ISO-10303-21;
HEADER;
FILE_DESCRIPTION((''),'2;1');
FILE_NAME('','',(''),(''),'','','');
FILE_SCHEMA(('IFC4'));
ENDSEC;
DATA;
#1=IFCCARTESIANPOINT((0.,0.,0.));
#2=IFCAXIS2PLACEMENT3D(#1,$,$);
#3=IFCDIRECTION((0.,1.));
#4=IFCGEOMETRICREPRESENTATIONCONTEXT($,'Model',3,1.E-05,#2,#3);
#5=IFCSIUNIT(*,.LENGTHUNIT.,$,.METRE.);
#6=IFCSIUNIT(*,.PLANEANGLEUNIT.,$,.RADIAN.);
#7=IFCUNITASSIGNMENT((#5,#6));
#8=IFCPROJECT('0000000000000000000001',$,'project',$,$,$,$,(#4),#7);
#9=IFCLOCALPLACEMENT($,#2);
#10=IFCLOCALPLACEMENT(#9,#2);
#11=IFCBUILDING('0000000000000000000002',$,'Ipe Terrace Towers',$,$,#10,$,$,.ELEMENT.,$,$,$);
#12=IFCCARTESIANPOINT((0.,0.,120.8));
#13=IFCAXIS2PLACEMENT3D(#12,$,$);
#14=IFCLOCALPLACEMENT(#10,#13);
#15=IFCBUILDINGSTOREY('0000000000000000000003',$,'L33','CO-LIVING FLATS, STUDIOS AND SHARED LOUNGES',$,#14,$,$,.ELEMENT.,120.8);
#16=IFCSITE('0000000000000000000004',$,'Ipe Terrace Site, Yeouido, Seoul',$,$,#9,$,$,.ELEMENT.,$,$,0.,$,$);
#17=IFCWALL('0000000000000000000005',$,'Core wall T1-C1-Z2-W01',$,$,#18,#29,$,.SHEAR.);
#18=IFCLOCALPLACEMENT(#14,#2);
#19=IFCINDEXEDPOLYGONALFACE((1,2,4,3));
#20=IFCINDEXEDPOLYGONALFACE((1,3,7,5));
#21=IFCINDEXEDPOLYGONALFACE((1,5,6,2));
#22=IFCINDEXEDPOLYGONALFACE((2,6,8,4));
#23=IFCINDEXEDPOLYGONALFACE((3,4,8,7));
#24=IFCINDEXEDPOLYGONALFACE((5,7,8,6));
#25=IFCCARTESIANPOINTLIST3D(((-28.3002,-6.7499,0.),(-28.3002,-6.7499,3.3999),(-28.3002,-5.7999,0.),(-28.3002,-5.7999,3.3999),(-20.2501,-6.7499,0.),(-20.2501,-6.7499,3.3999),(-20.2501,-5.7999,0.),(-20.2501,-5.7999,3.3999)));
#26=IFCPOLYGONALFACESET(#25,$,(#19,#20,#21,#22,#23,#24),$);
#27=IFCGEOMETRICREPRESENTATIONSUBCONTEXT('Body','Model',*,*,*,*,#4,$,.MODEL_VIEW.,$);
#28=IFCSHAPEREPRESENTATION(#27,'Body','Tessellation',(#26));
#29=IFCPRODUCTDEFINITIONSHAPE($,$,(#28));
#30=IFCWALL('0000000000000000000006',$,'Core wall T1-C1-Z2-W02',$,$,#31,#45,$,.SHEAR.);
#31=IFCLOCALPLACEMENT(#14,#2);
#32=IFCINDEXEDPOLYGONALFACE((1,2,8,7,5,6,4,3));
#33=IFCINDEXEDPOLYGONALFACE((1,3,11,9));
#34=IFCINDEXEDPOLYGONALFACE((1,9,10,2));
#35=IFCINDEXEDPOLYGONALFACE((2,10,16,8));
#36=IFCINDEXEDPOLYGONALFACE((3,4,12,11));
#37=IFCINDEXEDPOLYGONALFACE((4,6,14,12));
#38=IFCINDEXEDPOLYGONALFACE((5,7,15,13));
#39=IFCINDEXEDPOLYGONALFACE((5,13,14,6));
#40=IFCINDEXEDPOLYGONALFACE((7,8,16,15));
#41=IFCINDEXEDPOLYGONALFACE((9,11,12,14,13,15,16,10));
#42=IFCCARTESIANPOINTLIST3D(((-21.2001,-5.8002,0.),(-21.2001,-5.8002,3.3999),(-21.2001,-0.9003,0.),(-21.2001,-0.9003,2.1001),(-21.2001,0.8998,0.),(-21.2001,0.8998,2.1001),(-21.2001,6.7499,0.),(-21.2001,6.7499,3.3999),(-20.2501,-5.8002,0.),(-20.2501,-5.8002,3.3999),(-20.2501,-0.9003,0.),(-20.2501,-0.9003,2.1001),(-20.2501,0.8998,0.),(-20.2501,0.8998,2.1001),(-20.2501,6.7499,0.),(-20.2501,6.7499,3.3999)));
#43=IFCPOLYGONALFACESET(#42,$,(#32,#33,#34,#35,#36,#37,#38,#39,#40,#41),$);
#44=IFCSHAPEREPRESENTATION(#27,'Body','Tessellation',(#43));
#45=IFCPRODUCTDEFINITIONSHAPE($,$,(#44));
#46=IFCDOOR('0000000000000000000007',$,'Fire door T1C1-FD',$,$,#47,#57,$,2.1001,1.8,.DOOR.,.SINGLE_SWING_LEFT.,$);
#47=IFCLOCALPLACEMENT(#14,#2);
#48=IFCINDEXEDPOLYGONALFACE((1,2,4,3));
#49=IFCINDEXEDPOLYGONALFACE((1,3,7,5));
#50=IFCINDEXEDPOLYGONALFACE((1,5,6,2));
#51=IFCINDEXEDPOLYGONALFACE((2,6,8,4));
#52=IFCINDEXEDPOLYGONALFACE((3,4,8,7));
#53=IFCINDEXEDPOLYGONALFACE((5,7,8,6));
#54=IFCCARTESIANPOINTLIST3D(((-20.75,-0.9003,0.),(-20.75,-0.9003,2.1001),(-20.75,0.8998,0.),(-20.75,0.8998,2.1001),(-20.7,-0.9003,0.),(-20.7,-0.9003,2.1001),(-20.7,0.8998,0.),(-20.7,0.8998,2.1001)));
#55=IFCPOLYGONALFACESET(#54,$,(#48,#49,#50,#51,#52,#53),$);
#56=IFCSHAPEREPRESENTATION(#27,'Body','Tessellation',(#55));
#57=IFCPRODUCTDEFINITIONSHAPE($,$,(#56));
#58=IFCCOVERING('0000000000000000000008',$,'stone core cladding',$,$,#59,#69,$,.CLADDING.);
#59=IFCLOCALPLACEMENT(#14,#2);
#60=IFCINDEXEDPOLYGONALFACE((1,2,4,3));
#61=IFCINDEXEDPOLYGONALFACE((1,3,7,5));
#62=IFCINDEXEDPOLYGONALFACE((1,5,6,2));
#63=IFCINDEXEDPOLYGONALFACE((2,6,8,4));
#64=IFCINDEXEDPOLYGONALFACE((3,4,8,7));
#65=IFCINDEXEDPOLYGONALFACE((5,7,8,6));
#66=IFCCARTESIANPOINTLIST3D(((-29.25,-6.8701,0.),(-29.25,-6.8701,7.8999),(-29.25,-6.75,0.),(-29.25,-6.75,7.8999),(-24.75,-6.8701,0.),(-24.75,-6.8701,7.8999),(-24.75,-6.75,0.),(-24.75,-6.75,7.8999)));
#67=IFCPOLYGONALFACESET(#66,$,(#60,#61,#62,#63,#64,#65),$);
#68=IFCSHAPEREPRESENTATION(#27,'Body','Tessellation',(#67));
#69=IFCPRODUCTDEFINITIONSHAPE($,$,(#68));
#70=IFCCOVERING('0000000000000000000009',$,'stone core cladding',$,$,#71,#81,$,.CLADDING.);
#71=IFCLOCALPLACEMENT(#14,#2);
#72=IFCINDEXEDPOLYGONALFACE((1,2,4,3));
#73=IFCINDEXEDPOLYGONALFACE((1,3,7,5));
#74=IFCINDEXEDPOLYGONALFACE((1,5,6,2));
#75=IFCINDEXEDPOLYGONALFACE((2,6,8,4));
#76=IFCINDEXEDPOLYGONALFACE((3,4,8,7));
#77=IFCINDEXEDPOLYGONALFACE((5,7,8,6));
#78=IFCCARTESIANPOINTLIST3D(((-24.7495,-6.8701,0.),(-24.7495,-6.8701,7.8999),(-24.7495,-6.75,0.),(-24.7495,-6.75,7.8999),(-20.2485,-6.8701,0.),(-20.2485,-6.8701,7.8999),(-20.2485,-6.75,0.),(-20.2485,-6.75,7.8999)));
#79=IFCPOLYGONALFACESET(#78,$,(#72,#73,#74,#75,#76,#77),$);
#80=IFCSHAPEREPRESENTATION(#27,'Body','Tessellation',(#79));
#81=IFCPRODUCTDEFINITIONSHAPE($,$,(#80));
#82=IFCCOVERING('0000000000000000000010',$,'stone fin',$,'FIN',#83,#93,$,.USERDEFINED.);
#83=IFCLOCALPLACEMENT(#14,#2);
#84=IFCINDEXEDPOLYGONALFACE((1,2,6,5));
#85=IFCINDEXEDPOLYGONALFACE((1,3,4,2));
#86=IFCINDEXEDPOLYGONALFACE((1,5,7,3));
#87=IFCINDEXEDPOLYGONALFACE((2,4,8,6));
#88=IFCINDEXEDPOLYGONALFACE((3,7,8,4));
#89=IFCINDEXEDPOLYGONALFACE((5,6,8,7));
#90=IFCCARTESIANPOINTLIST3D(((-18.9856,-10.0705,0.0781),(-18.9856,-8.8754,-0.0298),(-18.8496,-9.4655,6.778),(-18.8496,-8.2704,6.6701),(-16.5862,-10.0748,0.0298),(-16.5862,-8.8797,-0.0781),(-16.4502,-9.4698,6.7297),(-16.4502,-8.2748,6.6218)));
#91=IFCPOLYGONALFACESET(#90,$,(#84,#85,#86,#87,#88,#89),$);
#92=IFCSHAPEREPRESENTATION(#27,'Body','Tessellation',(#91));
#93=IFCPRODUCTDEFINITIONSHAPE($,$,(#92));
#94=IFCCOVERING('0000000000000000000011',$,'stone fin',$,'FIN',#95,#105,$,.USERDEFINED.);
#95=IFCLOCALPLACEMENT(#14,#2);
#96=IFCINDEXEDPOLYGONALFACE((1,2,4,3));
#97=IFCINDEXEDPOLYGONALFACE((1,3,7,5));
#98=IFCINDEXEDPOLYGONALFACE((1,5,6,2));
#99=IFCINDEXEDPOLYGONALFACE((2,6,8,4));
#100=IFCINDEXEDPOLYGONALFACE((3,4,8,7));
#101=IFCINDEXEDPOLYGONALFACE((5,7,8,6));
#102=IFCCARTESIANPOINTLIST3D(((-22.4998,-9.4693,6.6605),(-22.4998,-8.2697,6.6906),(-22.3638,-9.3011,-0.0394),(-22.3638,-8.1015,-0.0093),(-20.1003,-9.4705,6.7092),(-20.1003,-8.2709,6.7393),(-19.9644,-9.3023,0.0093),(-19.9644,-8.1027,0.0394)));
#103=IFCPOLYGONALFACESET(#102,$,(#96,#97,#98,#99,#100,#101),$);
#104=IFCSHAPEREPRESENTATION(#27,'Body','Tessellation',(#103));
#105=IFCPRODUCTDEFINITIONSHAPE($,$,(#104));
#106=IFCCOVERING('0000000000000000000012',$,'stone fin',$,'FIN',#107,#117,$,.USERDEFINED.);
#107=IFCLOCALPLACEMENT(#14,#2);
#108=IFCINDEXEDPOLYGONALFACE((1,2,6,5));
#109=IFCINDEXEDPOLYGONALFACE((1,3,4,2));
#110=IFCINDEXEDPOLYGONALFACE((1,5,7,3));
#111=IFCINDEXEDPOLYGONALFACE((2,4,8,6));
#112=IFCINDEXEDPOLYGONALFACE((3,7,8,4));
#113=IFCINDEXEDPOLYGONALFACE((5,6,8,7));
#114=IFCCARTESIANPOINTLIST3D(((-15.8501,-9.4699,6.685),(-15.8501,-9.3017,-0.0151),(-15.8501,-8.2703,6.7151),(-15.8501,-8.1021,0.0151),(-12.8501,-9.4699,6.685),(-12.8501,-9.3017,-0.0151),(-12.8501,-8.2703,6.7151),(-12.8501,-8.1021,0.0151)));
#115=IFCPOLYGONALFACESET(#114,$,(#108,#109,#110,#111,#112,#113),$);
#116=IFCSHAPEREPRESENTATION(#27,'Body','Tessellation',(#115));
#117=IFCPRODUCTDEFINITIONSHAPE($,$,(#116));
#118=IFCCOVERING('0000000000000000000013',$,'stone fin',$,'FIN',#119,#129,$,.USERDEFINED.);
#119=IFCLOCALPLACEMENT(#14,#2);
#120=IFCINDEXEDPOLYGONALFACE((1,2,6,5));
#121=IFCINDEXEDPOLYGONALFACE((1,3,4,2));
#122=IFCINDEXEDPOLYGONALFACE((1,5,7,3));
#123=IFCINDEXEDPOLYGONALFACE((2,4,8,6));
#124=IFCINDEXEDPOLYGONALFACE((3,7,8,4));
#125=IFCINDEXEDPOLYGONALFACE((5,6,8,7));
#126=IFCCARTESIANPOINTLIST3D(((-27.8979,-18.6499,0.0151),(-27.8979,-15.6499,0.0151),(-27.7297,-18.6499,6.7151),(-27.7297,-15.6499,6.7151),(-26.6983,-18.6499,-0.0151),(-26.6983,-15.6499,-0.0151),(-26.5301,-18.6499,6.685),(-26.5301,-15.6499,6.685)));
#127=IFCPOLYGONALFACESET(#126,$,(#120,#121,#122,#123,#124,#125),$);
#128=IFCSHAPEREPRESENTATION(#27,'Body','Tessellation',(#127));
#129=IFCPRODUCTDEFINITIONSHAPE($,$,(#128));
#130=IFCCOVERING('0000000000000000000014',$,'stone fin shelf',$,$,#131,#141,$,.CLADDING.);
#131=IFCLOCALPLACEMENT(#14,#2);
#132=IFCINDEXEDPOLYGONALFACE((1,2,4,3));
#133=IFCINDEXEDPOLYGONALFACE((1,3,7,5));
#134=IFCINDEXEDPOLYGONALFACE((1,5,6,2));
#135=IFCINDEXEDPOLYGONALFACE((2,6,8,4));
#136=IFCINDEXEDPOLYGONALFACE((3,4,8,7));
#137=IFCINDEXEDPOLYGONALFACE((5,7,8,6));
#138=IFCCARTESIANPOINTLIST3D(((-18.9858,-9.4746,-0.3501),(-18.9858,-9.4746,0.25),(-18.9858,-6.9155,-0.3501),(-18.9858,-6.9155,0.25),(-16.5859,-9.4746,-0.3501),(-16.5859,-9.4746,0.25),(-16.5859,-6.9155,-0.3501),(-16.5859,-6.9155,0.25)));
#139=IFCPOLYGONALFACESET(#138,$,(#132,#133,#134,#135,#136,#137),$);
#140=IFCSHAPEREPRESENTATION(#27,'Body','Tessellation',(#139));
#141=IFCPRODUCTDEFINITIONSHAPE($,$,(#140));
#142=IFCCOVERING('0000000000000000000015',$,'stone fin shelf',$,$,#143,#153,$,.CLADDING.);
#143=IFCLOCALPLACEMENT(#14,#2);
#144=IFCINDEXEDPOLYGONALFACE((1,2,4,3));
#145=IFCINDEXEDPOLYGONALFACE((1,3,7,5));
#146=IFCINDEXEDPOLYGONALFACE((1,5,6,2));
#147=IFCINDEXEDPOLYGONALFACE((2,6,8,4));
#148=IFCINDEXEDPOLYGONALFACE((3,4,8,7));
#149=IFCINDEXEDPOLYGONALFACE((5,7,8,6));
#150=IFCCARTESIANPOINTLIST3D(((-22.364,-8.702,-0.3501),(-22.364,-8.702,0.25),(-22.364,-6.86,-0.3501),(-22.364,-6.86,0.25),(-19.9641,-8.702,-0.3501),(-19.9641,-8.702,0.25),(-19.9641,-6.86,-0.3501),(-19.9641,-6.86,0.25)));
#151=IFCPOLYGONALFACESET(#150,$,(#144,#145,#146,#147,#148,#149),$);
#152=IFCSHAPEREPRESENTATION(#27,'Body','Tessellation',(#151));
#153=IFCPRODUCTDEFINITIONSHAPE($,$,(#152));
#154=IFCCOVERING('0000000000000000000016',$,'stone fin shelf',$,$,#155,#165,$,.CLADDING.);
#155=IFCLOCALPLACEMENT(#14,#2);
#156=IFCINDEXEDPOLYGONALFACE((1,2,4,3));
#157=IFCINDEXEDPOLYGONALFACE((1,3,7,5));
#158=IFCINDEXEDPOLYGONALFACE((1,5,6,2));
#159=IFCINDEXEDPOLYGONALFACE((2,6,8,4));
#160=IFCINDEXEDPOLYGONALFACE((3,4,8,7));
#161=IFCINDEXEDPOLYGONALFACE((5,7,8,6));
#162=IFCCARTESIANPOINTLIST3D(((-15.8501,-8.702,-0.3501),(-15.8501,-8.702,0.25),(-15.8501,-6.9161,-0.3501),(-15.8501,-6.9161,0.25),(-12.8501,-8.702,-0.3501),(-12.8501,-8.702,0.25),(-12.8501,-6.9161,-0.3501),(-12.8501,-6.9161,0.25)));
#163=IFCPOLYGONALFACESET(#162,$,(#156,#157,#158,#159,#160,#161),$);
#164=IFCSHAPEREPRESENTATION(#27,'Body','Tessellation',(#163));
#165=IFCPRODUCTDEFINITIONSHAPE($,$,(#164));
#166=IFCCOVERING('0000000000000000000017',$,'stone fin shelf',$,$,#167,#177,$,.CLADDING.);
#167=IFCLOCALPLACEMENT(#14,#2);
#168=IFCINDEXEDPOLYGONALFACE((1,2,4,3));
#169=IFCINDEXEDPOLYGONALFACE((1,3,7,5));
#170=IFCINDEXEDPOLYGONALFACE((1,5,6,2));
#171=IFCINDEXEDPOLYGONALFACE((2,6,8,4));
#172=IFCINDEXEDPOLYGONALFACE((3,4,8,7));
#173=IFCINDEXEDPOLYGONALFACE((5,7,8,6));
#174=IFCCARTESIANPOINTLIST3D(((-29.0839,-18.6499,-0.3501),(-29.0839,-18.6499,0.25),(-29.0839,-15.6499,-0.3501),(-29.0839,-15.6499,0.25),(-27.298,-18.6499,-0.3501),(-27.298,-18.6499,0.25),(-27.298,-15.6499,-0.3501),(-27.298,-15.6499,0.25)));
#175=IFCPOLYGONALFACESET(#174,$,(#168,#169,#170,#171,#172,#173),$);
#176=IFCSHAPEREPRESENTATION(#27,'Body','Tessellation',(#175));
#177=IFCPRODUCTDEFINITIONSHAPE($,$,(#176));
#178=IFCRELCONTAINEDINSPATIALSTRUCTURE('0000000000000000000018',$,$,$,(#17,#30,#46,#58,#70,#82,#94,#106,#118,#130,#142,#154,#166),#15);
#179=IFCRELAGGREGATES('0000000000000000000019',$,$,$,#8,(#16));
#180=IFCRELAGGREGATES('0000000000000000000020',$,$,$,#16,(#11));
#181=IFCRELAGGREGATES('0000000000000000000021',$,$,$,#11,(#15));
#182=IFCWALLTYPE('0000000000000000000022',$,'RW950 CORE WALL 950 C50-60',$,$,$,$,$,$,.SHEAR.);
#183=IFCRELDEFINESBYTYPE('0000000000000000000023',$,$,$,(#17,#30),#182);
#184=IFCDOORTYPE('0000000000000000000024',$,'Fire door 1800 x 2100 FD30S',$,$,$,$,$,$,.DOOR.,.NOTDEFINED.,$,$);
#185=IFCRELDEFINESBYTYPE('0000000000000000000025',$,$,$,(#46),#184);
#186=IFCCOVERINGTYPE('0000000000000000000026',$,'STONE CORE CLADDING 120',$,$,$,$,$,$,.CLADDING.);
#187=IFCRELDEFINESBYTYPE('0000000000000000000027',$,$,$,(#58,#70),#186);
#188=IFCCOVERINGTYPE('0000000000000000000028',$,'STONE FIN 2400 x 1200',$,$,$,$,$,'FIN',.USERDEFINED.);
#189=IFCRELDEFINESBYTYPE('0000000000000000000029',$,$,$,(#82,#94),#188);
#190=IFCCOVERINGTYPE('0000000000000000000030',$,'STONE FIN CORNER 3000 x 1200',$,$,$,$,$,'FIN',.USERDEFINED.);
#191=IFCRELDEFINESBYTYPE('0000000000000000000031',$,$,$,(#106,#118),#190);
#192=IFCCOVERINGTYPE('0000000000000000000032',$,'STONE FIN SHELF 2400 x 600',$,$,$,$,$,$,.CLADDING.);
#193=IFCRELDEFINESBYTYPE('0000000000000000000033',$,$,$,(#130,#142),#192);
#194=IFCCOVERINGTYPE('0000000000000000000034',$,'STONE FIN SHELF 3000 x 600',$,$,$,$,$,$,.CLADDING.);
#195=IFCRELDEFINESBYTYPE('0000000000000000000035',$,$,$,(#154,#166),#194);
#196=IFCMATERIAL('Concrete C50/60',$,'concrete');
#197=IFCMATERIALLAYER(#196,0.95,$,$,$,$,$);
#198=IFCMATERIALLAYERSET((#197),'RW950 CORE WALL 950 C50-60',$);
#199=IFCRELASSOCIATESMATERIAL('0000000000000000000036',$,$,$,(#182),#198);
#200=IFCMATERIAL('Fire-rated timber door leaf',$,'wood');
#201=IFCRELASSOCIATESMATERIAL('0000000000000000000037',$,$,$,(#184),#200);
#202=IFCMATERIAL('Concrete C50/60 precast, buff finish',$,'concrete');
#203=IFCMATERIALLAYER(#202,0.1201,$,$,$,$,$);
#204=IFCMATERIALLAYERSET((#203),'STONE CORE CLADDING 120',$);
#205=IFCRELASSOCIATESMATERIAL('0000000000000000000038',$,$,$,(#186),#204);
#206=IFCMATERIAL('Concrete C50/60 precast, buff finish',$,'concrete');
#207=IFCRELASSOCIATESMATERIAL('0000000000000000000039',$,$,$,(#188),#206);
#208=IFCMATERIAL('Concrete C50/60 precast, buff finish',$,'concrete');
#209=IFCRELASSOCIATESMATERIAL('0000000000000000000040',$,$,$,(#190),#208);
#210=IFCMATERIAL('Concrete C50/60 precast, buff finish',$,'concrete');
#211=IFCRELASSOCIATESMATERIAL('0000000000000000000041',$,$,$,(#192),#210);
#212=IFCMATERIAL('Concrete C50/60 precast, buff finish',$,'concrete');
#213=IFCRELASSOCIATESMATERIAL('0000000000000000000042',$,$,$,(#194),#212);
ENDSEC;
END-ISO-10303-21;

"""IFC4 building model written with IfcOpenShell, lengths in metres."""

from ifc_helpers import new_model, si_unit, direction, frame, frame_2d, origin, origin_2d, place, context, subcontext, project, spatial, rectangle, extrude, material, layer, layer_set, material_profile, profile_set, type_object, element, fill, save


model = new_model("IFC4")

# Units and contexts
model_context = context("Model", 3, precision=1e-05, world=origin(), true_north=direction((0.0, 1.0)))
body_context = subcontext(model_context, "Body", "Model", "MODEL_VIEW")
ifc_project = project(units=[si_unit("LENGTHUNIT", "METRE"), si_unit("PLANEANGLEUNIT", "RADIAN")], contexts=[model_context])

# Site, building, storey
site_placement = place(None, origin())
site = spatial("IfcSite", under=ifc_project, at=site_placement, Name="Ipe Terrace Site, Yeouido, Seoul", CompositionType="ELEMENT", RefElevation=0.0)
building_placement = place(site_placement, origin())
building = spatial("IfcBuilding", under=site, at=building_placement, Name="Ipe Terrace Towers", CompositionType="ELEMENT")
storey_placement = place(building_placement, frame((0.0, 0.0, 120.8)))
storey = spatial("IfcBuildingStorey", under=building, at=storey_placement, Name="L33", Description="CO-LIVING FLATS, STUDIOS AND SHARED LOUNGES", CompositionType="ELEMENT", Elevation=120.8)

# Wall
ifc_material_1 = material(Name="Concrete C50/60", Category="concrete")
ifc_layer_1 = layer(ifc_material_1, 0.95)
ifc_layer_set_1 = layer_set([ifc_layer_1], Name="RW950 CORE WALL 950 C50-60")
wall_type_1 = type_object("IfcWallType", Name="RW950 CORE WALL 950 C50-60", PredefinedType="SHEAR", material=ifc_layer_set_1)
wall_1_placement = place(storey_placement, frame((-28.3, -6.2749, 0.0), z_axis=(0.0, 0.0, 1.0), x_axis=(1.0, 0.0, 0.0)))
element("IfcWall", 1, at=wall_1_placement, inside=storey, type_object=wall_type_1, Name="Core wall T1-C1-Z2-W01", PredefinedType="SHEAR", context=body_context, shape_type="SweptSolid", body=[
    extrude(rectangle(XDim=8.05, YDim=0.95, at=frame_2d((4.0249, 0.0))), origin(), (0.0, 0.0, 1.0), 3.3999),
])

# Wall, opening, door
wall_2_placement = place(storey_placement, frame((-20.7251, -5.8, 0.0), z_axis=(0.0, 0.0, 1.0), x_axis=(0.0, 1.0, 0.0)))
wall_2 = element("IfcWall", 2, at=wall_2_placement, inside=storey, type_object=wall_type_1, Name="Core wall T1-C1-Z2-W02", PredefinedType="SHEAR", context=body_context, shape_type="SweptSolid", body=[
    extrude(rectangle(XDim=12.55, YDim=0.95, at=frame_2d((6.2749, 0.0))), origin(), (0.0, 0.0, 1.0), 3.3999),
])
opening_placement = place(wall_2_placement, frame((4.8999, 0.0, 0.0)))
opening = element("IfcOpeningElement", 3, at=opening_placement, cuts=wall_2, PredefinedType="OPENING", context=body_context, shape_type="SweptSolid", body=[
    extrude(rectangle(XDim=1.8, YDim=2.1001, at=frame_2d((0.8999, 1.05))), frame((0.0, 0.4849, 0.0), z_axis=(0.0, -1.0, 0.0), x_axis=(1.0, 0.0, 0.0)), (0.0, 0.0, 1.0), 0.97),
])
ifc_material_2 = material(Name="Fire-rated timber door leaf", Category="wood")
door_type = type_object("IfcDoorType", Name="Fire door 1800 x 2100 FD30S", OperationType="NOTDEFINED", PredefinedType="DOOR", material=ifc_material_2)
door_placement = place(opening_placement, origin())
door = element("IfcDoor", 4, at=door_placement, inside=storey, type_object=door_type, Name="Fire door T1C1-FD", OperationType="SINGLE_SWING_LEFT", OverallHeight=2.1001, OverallWidth=1.8, PredefinedType="DOOR", context=body_context, shape_type="SweptSolid", body=[
    extrude(rectangle(XDim=1.8, YDim=2.1001, at=frame_2d((0.8999, 1.05))), frame((0.0, 0.0249, 0.0), z_axis=(0.0, -1.0, 0.0), x_axis=(1.0, 0.0, 0.0)), (0.0, 0.0, 1.0), 0.05),
])
fill(opening, door)

# Coverings
ifc_material_3 = material(Name="Concrete C50/60 precast, buff finish", Category="concrete")
ifc_layer_2 = layer(ifc_material_3, 0.1201)
ifc_layer_set_2 = layer_set([ifc_layer_2], Name="STONE CORE CLADDING 120")
covering_type_1 = type_object("IfcCoveringType", Name="STONE CORE CLADDING 120", PredefinedType="CLADDING", material=ifc_layer_set_2)
covering_1_placement = place(storey_placement, frame((-27.0, -6.8101, 0.0), z_axis=(0.0, 0.0, 1.0), x_axis=(1.0, 0.0, 0.0)))
element("IfcCovering", 5, at=covering_1_placement, inside=storey, type_object=covering_type_1, Name="stone core cladding", PredefinedType="CLADDING", context=body_context, shape_type="SweptSolid", body=[
    extrude(rectangle(XDim=4.5, YDim=0.1201, at=origin_2d()), origin(), (0.0, 0.0, 1.0), 7.8999),
])
covering_2_placement = place(storey_placement, frame((-22.499, -6.8101, 0.0), z_axis=(0.0, 0.0, 1.0), x_axis=(1.0, 0.0, 0.0)))
element("IfcCovering", 6, at=covering_2_placement, inside=storey, type_object=covering_type_1, Name="stone core cladding", PredefinedType="CLADDING", context=body_context, shape_type="SweptSolid", body=[
    extrude(rectangle(XDim=4.501, YDim=0.1201, at=origin_2d()), origin(), (0.0, 0.0, 1.0), 7.8999),
])
ifc_material_4 = material(Name="Concrete C50/60 precast, buff finish", Category="concrete")
ifc_material_profile_1 = material_profile(ifc_material_4, rectangle(XDim=2.3999, YDim=1.2, at=origin_2d()), Name="STONE FIN 2400 x 1200")
ifc_profile_set_1 = profile_set([ifc_material_profile_1], Name="Concrete C50/60 precast, buff finish")
covering_type_2 = type_object("IfcCoveringType", Name="STONE FIN 2400 x 1200", ElementType="FIN", PredefinedType="USERDEFINED", material=ifc_profile_set_1)
covering_3_placement = place(storey_placement, frame((-17.7859, -9.4751, 0.0), z_axis=(0.02021, 0.089912, 0.995745), x_axis=(0.999796, -0.001818, -0.020128)))
element("IfcCovering", 7, at=covering_3_placement, inside=storey, type_object=covering_type_2, Name="stone fin", ObjectType="FIN", PredefinedType="USERDEFINED", context=body_context, shape_type="SweptSolid", body=[
    extrude(rectangle(XDim=2.3999, YDim=1.2, at=origin_2d()), origin(), (0.0, 0.0, 1.0), 6.7285),
])
covering_4_placement = place(storey_placement, frame((-21.1641, -8.7019, 0.0), z_axis=(-0.020286, -0.025094, 0.999479), x_axis=(0.999794, -0.000509, 0.02028)))
element("IfcCovering", 8, at=covering_4_placement, inside=storey, type_object=covering_type_2, Name="stone fin", ObjectType="FIN", PredefinedType="USERDEFINED", context=body_context, shape_type="SweptSolid", body=[
    extrude(rectangle(XDim=2.3999, YDim=1.2, at=origin_2d()), origin(), (0.0, 0.0, 1.0), 6.7034),
])
ifc_material_5 = material(Name="Concrete C50/60 precast, buff finish", Category="concrete")
ifc_material_profile_2 = material_profile(ifc_material_5, rectangle(XDim=3.0, YDim=1.2, at=origin_2d()), Name="STONE FIN CORNER 3000 x 1200")
ifc_profile_set_2 = profile_set([ifc_material_profile_2], Name="Concrete C50/60 precast, buff finish")
covering_type_3 = type_object("IfcCoveringType", Name="STONE FIN CORNER 3000 x 1200", ElementType="FIN", PredefinedType="USERDEFINED", material=ifc_profile_set_2)
for number, where, z_axis, x_axis, name in (
    (9, (-14.3501, -8.7019, 0.0), (0.0, -0.025099, 0.999685), (1.0, 0.0, 0.0), "stone fin"),
    (10, (-27.2981, -17.1499, 0.0), (0.025099, 0.0, 0.999685), (0.0, 1.0, 0.0), "stone fin"),
):
    element("IfcCovering", number, at=place(storey_placement, frame(where, z_axis=z_axis, x_axis=x_axis)), inside=storey, type_object=covering_type_3, Name=name, ObjectType="FIN", PredefinedType="USERDEFINED", context=body_context, shape_type="SweptSolid", body=[
        extrude(rectangle(XDim=3.0, YDim=1.2, at=origin_2d()), origin(), (0.0, 0.0, 1.0), 6.7021),
    ])
ifc_material_6 = material(Name="Concrete C50/60 precast, buff finish", Category="concrete")
covering_type_4 = type_object("IfcCoveringType", Name="STONE FIN SHELF 2400 x 600", PredefinedType="CLADDING", material=ifc_material_6)
covering_5_placement = place(storey_placement, frame((-17.7859, -8.1951, -0.3501), z_axis=(0.0, 0.0, 1.0), x_axis=(1.0, 0.0, 0.0)))
element("IfcCovering", 11, at=covering_5_placement, inside=storey, type_object=covering_type_4, Name="stone fin shelf", PredefinedType="CLADDING", context=body_context, shape_type="SweptSolid", body=[
    extrude(rectangle(XDim=2.3999, YDim=2.5591, at=origin_2d()), origin(), (0.0, 0.0, 1.0), 0.6001),
])
covering_6_placement = place(storey_placement, frame((-21.1641, -7.781, -0.3501), z_axis=(0.0, 0.0, 1.0), x_axis=(1.0, 0.0, 0.0)))
element("IfcCovering", 12, at=covering_6_placement, inside=storey, type_object=covering_type_4, Name="stone fin shelf", PredefinedType="CLADDING", context=body_context, shape_type="SweptSolid", body=[
    extrude(rectangle(XDim=2.3999, YDim=1.842, at=origin_2d()), origin(), (0.0, 0.0, 1.0), 0.6001),
])
ifc_material_7 = material(Name="Concrete C50/60 precast, buff finish", Category="concrete")
covering_type_5 = type_object("IfcCoveringType", Name="STONE FIN SHELF 3000 x 600", PredefinedType="CLADDING", material=ifc_material_7)
for number, where, z_axis, x_axis, name in (
    (13, (-14.3501, -7.8091, -0.3501), (0.0, 0.0, 1.0), (1.0, 0.0, 0.0), "stone fin shelf"),
    (14, (-28.1909, -17.1499, -0.3501), (0.0, 0.0, 1.0), (0.0, 1.0, 0.0), "stone fin shelf"),
):
    element("IfcCovering", number, at=place(storey_placement, frame(where, z_axis=z_axis, x_axis=x_axis)), inside=storey, type_object=covering_type_5, Name=name, PredefinedType="CLADDING", context=body_context, shape_type="SweptSolid", body=[
        extrude(rectangle(XDim=3.0, YDim=1.7859, at=origin_2d()), origin(), (0.0, 0.0, 1.0), 0.6001),
    ])

save(model, "model.ifc")
